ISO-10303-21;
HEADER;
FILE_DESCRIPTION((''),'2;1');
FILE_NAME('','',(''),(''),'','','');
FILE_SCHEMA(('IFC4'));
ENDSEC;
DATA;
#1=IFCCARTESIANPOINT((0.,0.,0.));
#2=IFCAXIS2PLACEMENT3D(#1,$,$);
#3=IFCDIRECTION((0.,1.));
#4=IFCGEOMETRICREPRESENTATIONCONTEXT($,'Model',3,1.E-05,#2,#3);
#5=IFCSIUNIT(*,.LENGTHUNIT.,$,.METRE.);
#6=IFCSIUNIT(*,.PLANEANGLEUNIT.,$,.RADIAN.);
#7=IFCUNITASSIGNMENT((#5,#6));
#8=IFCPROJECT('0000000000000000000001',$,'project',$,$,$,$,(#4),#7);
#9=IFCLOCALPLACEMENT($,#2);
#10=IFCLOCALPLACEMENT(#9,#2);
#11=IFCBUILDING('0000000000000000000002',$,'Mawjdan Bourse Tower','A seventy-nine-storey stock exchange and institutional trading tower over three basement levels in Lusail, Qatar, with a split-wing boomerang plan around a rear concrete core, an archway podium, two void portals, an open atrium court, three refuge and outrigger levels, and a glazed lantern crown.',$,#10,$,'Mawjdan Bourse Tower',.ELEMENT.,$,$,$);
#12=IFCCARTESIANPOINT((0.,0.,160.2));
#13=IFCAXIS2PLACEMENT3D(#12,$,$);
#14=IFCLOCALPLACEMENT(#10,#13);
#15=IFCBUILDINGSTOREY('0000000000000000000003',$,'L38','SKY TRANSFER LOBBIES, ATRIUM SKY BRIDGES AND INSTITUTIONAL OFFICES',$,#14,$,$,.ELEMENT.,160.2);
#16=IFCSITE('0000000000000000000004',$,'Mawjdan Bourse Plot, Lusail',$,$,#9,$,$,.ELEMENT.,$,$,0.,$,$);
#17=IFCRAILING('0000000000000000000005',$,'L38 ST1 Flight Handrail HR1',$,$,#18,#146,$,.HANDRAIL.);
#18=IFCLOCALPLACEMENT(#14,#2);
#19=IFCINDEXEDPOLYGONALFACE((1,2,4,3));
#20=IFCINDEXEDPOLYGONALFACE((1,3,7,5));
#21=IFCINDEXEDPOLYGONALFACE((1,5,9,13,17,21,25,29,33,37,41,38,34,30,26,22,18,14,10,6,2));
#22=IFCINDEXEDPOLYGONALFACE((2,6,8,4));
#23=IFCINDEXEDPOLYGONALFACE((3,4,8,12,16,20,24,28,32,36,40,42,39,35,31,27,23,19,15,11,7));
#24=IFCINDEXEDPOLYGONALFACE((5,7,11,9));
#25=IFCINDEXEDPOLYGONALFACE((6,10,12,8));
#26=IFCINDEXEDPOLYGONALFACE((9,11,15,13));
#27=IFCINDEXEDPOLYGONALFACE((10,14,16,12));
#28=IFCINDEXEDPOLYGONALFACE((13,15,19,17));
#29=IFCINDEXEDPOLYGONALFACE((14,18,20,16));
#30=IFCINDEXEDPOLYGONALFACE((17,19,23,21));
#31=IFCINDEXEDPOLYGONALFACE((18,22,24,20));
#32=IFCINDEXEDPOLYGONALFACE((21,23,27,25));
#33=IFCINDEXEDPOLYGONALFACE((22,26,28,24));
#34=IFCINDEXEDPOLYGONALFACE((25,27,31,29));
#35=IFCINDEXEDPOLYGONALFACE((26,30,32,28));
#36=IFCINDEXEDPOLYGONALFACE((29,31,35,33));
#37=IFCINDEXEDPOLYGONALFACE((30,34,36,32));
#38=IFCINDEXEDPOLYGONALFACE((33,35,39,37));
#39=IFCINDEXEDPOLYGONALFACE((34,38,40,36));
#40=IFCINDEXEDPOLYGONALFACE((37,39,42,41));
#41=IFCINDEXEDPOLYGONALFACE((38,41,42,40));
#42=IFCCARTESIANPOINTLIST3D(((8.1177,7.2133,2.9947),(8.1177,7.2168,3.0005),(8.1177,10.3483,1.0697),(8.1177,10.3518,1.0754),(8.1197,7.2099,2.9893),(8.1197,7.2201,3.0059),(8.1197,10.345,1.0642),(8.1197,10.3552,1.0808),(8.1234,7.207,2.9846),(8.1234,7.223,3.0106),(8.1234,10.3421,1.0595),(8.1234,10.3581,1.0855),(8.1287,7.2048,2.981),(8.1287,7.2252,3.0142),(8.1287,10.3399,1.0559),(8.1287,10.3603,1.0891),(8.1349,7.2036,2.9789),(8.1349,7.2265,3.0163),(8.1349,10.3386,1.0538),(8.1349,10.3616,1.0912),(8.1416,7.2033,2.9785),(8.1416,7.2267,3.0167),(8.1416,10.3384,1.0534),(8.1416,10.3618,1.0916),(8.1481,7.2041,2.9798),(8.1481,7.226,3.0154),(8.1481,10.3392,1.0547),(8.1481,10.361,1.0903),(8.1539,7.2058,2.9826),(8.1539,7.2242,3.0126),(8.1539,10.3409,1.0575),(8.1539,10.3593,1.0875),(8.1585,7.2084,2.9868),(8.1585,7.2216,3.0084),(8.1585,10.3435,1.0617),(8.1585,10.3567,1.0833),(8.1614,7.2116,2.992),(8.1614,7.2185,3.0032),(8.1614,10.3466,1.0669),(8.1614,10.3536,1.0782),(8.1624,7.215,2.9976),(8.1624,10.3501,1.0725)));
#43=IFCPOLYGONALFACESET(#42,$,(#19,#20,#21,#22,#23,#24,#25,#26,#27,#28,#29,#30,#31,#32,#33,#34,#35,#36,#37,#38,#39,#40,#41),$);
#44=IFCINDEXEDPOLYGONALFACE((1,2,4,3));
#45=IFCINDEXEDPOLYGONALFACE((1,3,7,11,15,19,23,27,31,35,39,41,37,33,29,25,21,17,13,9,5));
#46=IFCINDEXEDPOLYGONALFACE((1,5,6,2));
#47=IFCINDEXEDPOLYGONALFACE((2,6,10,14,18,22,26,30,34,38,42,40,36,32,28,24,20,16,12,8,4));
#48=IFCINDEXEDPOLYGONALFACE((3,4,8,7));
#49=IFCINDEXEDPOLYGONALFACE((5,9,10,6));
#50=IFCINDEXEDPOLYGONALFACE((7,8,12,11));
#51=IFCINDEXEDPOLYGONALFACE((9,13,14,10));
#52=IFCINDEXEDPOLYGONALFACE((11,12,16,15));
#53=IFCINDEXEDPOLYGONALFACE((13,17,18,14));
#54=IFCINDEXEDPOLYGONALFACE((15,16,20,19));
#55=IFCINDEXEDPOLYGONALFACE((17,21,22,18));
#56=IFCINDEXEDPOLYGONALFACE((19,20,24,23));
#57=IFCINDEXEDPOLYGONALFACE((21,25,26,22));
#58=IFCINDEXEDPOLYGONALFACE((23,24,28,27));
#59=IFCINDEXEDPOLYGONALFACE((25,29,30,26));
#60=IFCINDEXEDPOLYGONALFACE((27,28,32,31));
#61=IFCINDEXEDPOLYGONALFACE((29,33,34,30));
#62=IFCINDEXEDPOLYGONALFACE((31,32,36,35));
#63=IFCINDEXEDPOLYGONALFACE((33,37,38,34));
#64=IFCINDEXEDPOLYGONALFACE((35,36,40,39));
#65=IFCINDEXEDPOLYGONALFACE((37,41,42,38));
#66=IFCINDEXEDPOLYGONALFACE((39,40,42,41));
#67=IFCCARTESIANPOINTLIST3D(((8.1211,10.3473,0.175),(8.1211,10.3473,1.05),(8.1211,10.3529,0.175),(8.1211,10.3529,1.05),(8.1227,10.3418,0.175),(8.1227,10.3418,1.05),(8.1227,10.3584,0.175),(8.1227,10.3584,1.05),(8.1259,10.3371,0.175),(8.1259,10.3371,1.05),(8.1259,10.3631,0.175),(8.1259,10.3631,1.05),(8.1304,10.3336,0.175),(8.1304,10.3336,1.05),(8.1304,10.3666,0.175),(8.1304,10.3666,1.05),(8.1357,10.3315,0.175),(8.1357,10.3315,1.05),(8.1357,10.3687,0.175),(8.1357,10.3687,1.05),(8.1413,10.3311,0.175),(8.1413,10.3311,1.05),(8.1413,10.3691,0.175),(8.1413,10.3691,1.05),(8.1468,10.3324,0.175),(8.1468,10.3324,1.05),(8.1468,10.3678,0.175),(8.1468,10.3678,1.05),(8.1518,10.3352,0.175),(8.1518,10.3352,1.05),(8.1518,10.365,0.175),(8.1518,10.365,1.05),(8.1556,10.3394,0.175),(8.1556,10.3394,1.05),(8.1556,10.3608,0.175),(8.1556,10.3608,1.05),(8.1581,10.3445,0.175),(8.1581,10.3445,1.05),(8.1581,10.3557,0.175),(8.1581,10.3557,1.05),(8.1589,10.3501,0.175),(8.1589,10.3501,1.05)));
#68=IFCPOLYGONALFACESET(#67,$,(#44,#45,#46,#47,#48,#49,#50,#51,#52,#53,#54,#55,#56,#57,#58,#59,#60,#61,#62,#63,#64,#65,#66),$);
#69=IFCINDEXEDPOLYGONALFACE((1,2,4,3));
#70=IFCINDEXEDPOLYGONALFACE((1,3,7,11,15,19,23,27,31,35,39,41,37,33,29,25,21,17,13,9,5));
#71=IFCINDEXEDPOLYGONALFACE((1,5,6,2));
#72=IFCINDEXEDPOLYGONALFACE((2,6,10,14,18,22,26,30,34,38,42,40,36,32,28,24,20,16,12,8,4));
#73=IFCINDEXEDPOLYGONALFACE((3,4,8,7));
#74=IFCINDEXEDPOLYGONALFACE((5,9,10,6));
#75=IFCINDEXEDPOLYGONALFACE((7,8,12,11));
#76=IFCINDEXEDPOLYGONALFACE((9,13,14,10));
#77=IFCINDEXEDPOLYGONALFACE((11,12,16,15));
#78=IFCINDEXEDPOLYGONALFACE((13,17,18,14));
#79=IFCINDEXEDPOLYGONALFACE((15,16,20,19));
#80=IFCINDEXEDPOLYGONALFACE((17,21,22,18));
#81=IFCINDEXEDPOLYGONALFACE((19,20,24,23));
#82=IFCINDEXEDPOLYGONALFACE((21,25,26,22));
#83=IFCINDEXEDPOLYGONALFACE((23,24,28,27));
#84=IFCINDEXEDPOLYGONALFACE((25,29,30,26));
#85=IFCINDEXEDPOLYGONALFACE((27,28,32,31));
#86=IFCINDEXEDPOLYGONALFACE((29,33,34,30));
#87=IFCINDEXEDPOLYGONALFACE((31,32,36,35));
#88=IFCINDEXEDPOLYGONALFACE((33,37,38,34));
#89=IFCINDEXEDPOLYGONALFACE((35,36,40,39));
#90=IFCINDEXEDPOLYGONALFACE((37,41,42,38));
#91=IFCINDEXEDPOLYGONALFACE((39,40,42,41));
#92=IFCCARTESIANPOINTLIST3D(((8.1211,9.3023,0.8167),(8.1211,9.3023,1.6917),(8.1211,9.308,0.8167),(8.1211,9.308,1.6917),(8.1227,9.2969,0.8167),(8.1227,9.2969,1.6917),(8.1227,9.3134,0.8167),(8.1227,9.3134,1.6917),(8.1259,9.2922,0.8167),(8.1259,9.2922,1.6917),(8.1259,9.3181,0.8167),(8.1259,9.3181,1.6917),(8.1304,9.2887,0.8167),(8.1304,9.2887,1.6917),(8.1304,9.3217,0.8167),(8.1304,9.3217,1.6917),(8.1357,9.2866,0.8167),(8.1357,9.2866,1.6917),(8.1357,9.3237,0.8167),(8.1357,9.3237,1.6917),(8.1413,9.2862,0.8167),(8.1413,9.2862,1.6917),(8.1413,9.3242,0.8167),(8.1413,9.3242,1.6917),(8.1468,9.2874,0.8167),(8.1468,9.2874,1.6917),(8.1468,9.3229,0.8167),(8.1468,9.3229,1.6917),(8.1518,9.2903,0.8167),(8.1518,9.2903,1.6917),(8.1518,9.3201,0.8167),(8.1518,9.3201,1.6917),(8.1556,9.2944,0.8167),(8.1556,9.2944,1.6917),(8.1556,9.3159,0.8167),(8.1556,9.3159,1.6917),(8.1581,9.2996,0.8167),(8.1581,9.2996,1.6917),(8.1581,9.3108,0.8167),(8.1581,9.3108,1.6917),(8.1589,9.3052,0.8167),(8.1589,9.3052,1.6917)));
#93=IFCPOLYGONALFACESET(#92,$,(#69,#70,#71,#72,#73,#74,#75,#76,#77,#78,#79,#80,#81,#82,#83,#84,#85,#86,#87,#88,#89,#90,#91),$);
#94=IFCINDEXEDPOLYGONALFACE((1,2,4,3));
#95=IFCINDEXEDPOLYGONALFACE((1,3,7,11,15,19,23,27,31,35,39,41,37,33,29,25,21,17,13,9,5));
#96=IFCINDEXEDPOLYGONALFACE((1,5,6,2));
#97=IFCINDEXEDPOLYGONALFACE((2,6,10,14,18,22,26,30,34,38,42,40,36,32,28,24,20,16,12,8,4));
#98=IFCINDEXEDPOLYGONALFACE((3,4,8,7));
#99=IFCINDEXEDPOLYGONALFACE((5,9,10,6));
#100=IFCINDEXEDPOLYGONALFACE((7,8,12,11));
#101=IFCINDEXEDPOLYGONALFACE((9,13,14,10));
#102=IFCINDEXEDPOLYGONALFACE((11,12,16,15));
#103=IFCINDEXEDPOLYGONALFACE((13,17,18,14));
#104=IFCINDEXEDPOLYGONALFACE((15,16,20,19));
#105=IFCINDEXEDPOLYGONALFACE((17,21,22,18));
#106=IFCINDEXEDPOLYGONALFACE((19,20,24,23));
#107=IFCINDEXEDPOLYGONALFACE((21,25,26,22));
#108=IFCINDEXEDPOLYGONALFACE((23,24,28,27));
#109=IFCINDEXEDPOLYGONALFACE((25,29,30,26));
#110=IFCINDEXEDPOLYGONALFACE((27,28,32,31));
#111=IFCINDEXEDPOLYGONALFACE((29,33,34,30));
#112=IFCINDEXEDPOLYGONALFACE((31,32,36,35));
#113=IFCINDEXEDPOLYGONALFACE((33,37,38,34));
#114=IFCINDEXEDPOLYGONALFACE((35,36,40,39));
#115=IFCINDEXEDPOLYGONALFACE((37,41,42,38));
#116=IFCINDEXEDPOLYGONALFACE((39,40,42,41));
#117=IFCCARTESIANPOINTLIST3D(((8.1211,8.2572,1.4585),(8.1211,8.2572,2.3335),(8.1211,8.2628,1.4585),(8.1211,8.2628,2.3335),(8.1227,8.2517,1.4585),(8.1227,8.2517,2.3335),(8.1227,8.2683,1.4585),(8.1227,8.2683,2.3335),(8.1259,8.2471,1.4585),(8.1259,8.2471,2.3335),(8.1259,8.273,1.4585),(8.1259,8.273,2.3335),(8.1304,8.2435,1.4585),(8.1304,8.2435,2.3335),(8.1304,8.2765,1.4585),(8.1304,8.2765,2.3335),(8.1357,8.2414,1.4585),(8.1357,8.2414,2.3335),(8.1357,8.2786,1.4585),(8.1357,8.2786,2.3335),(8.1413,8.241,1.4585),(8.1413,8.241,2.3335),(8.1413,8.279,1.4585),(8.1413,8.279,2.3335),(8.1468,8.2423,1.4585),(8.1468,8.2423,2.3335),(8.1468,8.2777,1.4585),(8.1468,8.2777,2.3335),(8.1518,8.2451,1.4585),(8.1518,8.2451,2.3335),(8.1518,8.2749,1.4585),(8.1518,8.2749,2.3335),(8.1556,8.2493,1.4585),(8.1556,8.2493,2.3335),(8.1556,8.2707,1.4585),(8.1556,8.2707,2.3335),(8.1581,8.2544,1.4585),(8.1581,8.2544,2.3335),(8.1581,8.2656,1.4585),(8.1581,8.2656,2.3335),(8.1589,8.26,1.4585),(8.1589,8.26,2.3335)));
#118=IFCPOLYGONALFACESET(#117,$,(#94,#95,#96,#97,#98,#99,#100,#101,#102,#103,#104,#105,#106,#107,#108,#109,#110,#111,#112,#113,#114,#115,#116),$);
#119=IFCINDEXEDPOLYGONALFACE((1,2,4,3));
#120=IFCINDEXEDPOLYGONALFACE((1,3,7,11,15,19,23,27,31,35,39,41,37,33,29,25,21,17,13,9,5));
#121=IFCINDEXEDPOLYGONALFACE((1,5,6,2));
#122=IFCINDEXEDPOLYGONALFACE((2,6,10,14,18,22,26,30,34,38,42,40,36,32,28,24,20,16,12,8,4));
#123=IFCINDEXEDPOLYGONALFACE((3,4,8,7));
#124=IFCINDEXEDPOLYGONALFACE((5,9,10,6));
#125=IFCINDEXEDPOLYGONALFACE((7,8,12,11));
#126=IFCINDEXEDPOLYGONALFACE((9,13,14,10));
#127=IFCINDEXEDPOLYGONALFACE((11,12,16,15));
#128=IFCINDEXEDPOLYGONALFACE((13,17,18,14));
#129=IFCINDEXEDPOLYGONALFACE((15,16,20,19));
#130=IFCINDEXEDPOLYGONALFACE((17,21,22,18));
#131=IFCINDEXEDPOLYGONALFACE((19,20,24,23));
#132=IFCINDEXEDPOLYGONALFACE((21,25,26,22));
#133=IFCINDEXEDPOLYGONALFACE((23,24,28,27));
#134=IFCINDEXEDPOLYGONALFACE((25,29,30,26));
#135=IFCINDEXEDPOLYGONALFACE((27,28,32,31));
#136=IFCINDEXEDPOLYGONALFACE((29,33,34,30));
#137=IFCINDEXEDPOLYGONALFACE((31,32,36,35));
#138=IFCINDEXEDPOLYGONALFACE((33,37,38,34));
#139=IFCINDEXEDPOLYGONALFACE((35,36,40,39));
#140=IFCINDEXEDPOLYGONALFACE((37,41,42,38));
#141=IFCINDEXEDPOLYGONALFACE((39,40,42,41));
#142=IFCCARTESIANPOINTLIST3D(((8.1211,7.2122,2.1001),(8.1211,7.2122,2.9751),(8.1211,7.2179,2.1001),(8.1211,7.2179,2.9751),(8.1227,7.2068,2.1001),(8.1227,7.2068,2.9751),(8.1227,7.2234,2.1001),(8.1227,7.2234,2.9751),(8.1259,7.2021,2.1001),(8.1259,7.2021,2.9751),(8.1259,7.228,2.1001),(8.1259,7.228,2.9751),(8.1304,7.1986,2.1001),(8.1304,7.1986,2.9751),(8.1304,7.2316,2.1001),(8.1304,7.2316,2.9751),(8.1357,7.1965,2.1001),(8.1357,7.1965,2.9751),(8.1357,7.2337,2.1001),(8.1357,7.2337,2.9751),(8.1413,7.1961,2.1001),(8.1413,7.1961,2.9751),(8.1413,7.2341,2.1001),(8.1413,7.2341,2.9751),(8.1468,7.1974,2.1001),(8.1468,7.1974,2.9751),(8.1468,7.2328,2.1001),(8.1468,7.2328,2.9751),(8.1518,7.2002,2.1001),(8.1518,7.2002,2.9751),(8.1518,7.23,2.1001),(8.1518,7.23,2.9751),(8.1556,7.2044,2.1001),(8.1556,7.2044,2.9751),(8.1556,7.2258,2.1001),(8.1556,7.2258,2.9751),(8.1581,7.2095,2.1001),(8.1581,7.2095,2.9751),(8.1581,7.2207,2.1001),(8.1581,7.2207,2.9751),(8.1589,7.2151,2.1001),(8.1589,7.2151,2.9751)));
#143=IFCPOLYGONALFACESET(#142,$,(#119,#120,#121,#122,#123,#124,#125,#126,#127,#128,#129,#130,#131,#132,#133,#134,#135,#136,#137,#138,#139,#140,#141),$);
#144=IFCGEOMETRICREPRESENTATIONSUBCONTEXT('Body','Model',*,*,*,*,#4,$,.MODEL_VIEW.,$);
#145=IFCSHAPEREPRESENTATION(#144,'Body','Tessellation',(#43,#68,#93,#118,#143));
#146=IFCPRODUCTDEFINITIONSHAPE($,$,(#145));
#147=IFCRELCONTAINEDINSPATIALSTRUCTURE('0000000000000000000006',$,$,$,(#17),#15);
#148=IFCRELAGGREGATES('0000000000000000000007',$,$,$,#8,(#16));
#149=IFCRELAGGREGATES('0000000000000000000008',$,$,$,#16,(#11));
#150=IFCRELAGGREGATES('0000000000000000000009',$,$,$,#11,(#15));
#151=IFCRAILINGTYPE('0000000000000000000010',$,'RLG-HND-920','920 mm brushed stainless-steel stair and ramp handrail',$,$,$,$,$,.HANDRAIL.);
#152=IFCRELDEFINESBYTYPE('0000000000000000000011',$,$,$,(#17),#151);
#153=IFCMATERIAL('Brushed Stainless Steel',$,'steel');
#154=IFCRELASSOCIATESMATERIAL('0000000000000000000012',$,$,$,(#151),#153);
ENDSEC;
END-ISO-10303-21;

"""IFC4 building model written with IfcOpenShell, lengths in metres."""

from ifc_helpers import new_model, si_unit, direction, frame, origin, origin_2d, place, context, subcontext, project, spatial, circle, extrude, material, type_object, element, save


model = new_model("IFC4")

# Units and contexts
model_context = context("Model", 3, precision=1e-05, world=origin(), true_north=direction((0.0, 1.0)))
body_context = subcontext(model_context, "Body", "Model", "MODEL_VIEW")
ifc_project = project(units=[si_unit("LENGTHUNIT", "METRE"), si_unit("PLANEANGLEUNIT", "RADIAN")], contexts=[model_context])

# Site, building, storey
site_placement = place(None, origin())
site = spatial("IfcSite", under=ifc_project, at=site_placement, Name="Mawjdan Bourse Plot, Lusail", CompositionType="ELEMENT", RefElevation=0.0)
building_placement = place(site_placement, origin())
building = spatial("IfcBuilding", under=site, at=building_placement, Name="Mawjdan Bourse Tower", Description="A seventy-nine-storey stock exchange and institutional trading tower over three basement levels in Lusail, Qatar, with a split-wing boomerang plan around a rear concrete core, an archway podium, two void portals, an open atrium court, three refuge and outrigger levels, and a glazed lantern crown.", LongName="Mawjdan Bourse Tower", CompositionType="ELEMENT")
storey_placement = place(building_placement, frame((0.0, 0.0, 160.2)))
storey = spatial("IfcBuildingStorey", under=building, at=storey_placement, Name="L38", Description="SKY TRANSFER LOBBIES, ATRIUM SKY BRIDGES AND INSTITUTIONAL OFFICES", CompositionType="ELEMENT", Elevation=160.2)

# Railing
ifc_material_1 = material(Name="Brushed Stainless Steel", Category="steel")
railing_type_1 = type_object("IfcRailingType", Name="RLG-HND-920", Description="920 mm brushed stainless-steel stair and ramp handrail", PredefinedType="HANDRAIL", material=ifc_material_1)
railing_placement = place(storey_placement, frame((8.1399, 10.3501, 0.175)))
element("IfcRailing", 1, at=railing_placement, inside=storey, type_object=railing_type_1, Name="L38 ST1 Flight Handrail HR1", PredefinedType="HANDRAIL", context=body_context, shape_type="SweptSolid", body=[
    extrude(circle(Radius=0.0225, at=origin_2d()), frame((0.0, 0.0, 0.8975), z_axis=(0.0, -0.852166, 0.523271), x_axis=(1.0, 0.0, 0.0)), (0.0, 0.0, 1.0), 3.679),
    extrude(circle(Radius=0.019, at=origin_2d()), origin(), (0.0, 0.0, 1.0), 0.875),
    extrude(circle(Radius=0.019, at=origin_2d()), frame((0.0, -1.0449, 0.6416)), (0.0, 0.0, 1.0), 0.875),
    extrude(circle(Radius=0.019, at=origin_2d()), frame((0.0, -2.0901, 1.2834)), (0.0, 0.0, 1.0), 0.875),
    extrude(circle(Radius=0.019, at=origin_2d()), frame((0.0, -3.135, 1.925)), (0.0, 0.0, 1.0), 0.875),
])

save(model, "model.ifc")
